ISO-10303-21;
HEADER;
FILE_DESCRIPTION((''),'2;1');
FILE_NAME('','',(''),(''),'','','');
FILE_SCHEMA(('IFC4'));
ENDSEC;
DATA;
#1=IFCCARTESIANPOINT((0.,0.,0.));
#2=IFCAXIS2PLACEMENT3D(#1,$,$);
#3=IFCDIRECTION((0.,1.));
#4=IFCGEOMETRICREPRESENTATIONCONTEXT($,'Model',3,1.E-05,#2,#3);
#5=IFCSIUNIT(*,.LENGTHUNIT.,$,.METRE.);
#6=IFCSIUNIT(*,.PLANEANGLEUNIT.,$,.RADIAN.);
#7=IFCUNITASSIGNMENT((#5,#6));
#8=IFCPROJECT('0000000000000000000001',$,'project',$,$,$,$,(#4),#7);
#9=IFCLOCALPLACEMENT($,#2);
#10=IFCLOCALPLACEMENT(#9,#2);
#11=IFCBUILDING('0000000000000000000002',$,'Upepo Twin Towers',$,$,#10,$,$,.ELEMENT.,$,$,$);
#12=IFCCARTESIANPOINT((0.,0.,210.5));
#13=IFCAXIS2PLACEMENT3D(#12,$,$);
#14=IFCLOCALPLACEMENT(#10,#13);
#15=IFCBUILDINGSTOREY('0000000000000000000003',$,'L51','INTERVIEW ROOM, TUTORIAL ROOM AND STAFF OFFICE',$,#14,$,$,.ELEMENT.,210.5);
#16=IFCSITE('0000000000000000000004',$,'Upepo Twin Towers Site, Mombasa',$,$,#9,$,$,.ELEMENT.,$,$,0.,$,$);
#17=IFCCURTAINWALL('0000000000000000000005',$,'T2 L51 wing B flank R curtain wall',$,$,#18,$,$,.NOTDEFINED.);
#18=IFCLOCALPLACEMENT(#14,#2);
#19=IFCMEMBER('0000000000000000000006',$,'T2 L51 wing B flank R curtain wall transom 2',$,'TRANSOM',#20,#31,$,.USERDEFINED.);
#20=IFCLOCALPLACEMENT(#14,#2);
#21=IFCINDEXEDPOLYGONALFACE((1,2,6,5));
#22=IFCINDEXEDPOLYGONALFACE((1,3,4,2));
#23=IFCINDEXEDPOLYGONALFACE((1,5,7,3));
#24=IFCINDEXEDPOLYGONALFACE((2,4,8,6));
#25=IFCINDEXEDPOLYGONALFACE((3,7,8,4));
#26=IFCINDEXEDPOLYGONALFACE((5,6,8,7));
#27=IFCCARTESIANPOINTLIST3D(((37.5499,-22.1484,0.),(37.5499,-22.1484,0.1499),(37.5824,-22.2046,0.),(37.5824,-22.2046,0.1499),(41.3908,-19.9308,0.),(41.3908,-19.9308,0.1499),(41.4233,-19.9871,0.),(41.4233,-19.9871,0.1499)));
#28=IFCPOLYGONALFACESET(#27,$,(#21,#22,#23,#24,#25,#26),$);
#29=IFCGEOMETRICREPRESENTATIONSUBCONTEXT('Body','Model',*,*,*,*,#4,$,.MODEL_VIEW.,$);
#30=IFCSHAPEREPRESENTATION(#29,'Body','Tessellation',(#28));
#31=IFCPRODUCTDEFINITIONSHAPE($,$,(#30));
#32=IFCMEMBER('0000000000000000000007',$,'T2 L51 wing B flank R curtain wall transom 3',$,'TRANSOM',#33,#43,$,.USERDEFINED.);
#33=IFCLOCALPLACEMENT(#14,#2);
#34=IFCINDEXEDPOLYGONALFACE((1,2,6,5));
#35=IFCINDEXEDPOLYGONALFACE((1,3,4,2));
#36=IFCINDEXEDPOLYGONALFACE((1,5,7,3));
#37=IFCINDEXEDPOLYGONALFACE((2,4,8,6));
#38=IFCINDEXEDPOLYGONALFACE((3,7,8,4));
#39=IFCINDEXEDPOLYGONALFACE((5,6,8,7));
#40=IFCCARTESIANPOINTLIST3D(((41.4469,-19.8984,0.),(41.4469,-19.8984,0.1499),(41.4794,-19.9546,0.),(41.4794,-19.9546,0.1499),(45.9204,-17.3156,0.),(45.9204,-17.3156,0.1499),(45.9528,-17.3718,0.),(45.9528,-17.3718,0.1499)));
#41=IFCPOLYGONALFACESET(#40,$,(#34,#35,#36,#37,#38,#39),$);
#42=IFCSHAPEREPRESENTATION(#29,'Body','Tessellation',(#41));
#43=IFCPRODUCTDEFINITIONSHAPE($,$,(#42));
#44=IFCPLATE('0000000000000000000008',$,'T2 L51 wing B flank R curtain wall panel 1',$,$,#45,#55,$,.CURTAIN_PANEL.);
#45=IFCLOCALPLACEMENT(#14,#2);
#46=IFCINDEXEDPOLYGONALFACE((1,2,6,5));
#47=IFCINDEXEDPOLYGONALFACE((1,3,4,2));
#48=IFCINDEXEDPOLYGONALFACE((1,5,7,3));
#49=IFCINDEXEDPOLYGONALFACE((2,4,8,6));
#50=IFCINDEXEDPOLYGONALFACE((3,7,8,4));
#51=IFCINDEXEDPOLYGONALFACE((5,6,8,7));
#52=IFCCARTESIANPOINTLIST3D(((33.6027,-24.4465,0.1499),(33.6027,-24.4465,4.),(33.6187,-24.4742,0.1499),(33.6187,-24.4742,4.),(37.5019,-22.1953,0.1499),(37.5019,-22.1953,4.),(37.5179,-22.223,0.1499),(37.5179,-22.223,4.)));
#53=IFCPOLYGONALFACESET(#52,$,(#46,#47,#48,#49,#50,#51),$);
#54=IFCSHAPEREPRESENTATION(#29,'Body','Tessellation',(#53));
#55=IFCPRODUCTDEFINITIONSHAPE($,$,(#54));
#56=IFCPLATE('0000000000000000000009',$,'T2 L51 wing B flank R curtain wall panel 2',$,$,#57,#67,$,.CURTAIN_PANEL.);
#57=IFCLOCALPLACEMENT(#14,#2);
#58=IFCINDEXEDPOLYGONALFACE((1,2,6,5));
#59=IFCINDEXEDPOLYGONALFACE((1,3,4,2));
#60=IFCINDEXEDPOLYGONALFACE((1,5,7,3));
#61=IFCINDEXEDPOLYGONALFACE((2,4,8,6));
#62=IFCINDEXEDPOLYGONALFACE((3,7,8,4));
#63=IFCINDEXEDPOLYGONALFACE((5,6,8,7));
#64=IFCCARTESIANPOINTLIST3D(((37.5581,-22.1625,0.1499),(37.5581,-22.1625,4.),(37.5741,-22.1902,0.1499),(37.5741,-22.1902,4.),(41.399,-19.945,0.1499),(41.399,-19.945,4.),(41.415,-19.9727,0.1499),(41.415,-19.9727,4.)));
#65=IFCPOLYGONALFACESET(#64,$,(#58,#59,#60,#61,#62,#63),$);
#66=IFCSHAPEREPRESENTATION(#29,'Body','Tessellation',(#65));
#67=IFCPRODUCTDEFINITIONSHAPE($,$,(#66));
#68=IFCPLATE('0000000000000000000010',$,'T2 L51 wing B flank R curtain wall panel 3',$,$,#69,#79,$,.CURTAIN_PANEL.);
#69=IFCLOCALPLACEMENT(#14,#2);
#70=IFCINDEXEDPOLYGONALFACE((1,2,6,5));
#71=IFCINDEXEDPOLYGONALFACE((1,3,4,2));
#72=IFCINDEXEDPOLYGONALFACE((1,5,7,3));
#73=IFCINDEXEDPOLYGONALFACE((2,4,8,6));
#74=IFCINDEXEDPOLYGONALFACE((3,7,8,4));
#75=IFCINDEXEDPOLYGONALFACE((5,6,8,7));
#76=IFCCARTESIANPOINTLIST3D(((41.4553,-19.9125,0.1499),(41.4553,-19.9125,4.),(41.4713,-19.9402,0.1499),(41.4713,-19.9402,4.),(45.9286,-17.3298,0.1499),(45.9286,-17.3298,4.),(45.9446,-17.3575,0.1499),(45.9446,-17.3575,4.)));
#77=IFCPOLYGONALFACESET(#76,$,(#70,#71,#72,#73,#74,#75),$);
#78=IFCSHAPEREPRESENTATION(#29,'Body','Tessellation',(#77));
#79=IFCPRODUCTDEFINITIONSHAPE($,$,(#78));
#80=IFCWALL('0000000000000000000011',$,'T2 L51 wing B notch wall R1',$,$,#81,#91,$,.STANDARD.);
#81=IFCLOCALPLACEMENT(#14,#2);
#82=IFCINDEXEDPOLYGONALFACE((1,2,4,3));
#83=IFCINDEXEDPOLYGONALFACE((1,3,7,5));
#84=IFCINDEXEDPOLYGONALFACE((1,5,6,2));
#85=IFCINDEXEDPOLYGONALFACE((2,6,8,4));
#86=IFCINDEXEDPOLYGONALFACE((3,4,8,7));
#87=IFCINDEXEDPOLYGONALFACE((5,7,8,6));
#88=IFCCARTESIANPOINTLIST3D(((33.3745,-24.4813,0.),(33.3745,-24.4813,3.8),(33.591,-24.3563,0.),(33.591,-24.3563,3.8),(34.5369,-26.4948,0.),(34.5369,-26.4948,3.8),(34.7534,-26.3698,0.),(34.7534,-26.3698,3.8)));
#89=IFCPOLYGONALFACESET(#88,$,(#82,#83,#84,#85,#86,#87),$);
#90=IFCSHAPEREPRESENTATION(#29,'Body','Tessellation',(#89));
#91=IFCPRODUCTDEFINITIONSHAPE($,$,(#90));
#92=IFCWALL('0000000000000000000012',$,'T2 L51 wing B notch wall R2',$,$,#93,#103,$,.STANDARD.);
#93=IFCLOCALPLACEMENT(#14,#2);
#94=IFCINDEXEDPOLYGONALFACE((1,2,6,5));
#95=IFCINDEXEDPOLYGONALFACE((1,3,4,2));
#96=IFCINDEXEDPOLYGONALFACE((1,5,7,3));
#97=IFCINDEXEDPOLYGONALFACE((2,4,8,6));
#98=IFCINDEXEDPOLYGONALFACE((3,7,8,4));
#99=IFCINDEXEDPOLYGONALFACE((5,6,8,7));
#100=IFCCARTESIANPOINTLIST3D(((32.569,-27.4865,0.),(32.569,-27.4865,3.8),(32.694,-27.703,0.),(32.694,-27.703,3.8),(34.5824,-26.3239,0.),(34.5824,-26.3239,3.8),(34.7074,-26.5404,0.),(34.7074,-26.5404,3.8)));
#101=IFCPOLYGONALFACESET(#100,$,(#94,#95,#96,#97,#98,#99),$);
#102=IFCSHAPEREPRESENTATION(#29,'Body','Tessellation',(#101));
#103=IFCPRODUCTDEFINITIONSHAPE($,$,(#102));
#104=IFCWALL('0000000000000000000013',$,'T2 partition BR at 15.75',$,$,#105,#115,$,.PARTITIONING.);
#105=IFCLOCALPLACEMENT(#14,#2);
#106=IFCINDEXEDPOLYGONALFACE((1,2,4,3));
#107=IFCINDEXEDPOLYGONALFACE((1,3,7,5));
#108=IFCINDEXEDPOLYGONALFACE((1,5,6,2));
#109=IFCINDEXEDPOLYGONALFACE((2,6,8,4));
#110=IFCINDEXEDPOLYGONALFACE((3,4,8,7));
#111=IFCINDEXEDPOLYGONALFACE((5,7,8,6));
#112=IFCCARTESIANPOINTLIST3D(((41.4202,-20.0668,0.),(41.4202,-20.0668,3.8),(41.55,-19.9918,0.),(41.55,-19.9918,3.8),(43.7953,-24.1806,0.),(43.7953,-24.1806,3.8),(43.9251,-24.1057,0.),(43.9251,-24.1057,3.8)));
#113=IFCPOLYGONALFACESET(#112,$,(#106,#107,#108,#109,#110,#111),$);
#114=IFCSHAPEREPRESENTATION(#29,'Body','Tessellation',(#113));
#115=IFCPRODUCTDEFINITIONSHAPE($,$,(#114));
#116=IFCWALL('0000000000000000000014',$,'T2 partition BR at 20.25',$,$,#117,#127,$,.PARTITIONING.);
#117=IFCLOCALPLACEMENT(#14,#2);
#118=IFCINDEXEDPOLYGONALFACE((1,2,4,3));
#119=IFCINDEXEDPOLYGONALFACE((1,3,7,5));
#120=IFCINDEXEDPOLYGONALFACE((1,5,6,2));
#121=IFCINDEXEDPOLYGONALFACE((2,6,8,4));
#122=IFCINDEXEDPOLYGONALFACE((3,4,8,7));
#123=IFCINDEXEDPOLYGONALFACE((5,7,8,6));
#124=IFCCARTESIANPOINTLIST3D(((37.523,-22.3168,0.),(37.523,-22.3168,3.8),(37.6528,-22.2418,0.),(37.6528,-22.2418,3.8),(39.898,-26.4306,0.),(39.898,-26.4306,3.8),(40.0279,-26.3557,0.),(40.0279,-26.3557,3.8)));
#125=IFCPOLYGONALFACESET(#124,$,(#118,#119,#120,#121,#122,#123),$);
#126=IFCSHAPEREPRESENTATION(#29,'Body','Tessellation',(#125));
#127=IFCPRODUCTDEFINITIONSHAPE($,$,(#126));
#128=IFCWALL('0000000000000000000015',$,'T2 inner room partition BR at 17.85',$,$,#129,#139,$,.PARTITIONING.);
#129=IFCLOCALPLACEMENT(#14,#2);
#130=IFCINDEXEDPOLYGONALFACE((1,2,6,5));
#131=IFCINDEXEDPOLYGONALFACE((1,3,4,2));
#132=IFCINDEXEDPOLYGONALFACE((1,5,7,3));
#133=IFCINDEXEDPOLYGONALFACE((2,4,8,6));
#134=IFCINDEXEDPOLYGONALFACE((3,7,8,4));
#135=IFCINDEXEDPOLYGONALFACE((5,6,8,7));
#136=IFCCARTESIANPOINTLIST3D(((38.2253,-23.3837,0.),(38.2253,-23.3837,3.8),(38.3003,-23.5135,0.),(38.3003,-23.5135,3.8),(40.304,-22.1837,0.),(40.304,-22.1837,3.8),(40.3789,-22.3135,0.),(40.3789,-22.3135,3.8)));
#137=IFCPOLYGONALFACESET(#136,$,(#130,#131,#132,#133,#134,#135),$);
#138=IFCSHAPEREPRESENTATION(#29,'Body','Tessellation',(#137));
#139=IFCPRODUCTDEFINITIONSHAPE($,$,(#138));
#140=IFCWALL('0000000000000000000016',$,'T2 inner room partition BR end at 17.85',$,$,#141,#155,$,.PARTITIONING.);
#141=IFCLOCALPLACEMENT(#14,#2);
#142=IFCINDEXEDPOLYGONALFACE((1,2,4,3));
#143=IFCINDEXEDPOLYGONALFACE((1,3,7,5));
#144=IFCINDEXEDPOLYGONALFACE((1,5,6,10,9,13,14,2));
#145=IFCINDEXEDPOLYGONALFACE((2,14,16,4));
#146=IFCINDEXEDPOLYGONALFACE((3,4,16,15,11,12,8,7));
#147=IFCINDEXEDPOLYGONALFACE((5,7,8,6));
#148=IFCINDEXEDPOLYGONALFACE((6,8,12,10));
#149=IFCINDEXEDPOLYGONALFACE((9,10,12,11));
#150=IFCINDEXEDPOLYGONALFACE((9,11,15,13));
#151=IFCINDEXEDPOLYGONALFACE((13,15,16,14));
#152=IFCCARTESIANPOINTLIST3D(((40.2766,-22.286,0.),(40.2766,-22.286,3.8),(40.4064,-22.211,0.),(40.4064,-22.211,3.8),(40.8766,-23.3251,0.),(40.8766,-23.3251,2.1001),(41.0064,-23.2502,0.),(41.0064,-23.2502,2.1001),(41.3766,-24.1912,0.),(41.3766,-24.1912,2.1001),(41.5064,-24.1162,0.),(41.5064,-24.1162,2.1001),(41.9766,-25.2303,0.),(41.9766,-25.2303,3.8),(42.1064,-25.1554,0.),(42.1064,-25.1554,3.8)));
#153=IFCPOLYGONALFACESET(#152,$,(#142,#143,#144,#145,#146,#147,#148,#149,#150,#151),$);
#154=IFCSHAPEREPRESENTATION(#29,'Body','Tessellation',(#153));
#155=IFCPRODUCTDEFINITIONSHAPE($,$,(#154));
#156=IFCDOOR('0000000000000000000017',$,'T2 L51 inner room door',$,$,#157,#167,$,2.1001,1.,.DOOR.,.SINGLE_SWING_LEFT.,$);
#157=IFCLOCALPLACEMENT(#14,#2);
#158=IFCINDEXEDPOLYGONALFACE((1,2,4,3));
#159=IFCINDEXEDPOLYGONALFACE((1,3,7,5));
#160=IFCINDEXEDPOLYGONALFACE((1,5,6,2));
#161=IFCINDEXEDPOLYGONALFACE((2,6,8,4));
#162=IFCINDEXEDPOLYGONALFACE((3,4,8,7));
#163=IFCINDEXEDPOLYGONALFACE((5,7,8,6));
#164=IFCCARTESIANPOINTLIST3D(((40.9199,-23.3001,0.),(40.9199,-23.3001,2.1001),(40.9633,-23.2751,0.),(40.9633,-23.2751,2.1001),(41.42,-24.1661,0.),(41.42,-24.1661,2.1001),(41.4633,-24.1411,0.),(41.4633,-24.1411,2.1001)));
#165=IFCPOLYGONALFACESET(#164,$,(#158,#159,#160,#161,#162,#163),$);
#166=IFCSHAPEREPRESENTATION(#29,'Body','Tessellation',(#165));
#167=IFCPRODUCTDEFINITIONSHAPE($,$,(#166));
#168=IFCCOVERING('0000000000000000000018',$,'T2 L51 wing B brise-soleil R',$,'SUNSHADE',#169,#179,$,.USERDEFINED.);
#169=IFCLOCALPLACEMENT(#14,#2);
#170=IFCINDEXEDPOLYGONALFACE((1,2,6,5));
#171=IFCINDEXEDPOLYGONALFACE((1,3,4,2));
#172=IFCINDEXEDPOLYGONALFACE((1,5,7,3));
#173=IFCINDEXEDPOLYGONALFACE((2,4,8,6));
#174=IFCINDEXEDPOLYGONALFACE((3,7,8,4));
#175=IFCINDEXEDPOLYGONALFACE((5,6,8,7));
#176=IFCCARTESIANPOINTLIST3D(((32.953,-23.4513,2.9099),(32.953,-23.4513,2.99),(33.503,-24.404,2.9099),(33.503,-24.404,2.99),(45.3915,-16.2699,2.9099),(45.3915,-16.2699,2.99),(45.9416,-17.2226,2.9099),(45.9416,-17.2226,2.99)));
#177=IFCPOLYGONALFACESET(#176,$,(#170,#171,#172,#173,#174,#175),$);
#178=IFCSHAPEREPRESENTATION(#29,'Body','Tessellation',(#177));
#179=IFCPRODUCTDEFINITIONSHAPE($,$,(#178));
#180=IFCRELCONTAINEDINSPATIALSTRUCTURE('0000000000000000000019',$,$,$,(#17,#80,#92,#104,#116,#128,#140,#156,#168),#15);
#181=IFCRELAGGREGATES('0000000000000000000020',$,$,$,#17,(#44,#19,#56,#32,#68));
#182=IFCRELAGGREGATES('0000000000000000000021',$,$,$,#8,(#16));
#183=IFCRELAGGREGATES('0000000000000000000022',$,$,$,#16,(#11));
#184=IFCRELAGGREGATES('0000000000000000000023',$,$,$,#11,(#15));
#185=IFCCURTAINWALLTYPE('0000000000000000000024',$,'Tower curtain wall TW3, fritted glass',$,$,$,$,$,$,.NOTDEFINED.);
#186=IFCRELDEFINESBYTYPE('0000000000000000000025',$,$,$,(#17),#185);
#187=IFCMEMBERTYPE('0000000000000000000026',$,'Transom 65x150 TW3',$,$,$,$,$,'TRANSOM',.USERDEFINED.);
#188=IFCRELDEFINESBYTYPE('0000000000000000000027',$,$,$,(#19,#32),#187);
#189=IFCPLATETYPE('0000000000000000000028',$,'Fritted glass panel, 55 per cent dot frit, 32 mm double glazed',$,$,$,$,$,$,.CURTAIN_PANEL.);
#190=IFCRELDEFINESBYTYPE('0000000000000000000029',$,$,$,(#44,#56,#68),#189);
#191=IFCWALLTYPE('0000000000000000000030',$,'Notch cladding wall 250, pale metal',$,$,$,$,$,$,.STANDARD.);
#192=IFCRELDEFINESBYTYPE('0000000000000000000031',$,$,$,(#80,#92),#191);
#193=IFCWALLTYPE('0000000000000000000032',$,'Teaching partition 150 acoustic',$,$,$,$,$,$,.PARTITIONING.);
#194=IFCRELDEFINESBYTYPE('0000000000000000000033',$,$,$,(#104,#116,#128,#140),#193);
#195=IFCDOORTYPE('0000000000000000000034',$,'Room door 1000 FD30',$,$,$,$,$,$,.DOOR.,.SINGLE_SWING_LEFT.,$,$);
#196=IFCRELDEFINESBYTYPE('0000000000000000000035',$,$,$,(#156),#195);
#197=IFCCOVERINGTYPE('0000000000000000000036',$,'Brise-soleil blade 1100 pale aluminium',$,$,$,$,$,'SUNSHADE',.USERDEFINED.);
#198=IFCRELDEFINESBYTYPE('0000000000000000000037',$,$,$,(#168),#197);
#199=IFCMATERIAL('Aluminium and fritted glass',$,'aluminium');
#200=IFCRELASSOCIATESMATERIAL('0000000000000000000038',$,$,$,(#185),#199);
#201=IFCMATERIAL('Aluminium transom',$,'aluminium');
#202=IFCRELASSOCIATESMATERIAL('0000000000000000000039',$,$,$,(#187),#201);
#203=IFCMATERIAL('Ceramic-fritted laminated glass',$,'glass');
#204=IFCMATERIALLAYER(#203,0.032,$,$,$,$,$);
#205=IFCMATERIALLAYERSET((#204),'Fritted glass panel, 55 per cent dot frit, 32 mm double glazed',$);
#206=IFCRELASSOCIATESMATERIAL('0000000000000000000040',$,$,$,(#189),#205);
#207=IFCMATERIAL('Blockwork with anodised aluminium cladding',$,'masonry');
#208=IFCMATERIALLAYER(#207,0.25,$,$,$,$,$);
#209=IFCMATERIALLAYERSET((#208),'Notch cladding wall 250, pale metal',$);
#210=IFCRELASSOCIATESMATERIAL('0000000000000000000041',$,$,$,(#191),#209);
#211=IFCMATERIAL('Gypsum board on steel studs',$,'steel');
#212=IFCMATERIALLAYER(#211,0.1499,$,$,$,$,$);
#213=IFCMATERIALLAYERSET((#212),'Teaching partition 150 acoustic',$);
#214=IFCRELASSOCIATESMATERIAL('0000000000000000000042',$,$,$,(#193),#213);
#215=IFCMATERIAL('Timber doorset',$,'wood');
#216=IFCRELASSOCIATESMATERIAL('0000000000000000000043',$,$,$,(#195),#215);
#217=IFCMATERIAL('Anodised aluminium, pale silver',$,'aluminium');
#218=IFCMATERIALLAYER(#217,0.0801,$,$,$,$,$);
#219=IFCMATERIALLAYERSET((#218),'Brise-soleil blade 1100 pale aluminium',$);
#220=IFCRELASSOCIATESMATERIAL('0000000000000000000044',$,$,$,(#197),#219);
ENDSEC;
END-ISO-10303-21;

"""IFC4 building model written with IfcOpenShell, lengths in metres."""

from ifc_helpers import new_model, si_unit, direction, frame, frame_2d, origin, origin_2d, place, context, subcontext, project, spatial, rectangle, extrude, material, layer, layer_set, material_profile, profile_set, type_object, element, fill, aggregate, save


model = new_model("IFC4")

# Units and contexts
model_context = context("Model", 3, precision=1e-05, world=origin(), true_north=direction((0.0, 1.0)))
body_context = subcontext(model_context, "Body", "Model", "MODEL_VIEW")
ifc_project = project(units=[si_unit("LENGTHUNIT", "METRE"), si_unit("PLANEANGLEUNIT", "RADIAN")], contexts=[model_context])

# Site, building, storey
site_placement = place(None, origin())
site = spatial("IfcSite", under=ifc_project, at=site_placement, Name="Upepo Twin Towers Site, Mombasa", CompositionType="ELEMENT", RefElevation=0.0)
building_placement = place(site_placement, origin())
building = spatial("IfcBuilding", under=site, at=building_placement, Name="Upepo Twin Towers", CompositionType="ELEMENT")
storey_placement = place(building_placement, frame((0.0, 0.0, 210.5)))
storey = spatial("IfcBuildingStorey", under=building, at=storey_placement, Name="L51", Description="INTERVIEW ROOM, TUTORIAL ROOM AND STAFF OFFICE", CompositionType="ELEMENT", Elevation=210.5)

# Curtain wall, members, plates
ifc_material_1 = material(Name="Aluminium and fritted glass", Category="aluminium")
curtain_wall_type = type_object("IfcCurtainWallType", Name="Tower curtain wall TW3, fritted glass", PredefinedType="NOTDEFINED", material=ifc_material_1)
curtain_wall_placement = place(storey_placement, origin())
curtain_wall = element("IfcCurtainWall", 1, at=curtain_wall_placement, inside=storey, type_object=curtain_wall_type, Name="T2 L51 wing B flank R curtain wall", PredefinedType="NOTDEFINED")
ifc_material_2 = material(Name="Aluminium transom", Category="aluminium")
ifc_material_profile_1 = material_profile(ifc_material_2, rectangle(XDim=0.0649, YDim=0.1499, at=origin_2d()), Name="TRANSOM 65x150")
ifc_profile_set_1 = profile_set([ifc_material_profile_1], Name="Aluminium transom")
member_type_1 = type_object("IfcMemberType", Name="Transom 65x150 TW3", ElementType="TRANSOM", PredefinedType="USERDEFINED", material=ifc_profile_set_1)
member_1_placement = place(storey_placement, frame((37.5662, -22.1765, 0.075), z_axis=(0.866022, 0.500005, 0.0), x_axis=(-0.500005, 0.866022, 0.0)))
member_1 = element("IfcMember", 2, at=member_1_placement, type_object=member_type_1, Name="T2 L51 wing B flank R curtain wall transom 2", ObjectType="TRANSOM", PredefinedType="USERDEFINED", context=body_context, shape_type="SweptSolid", body=[
    extrude(rectangle(XDim=0.0649, YDim=0.1499, at=origin_2d()), origin(), (0.0, 0.0, 1.0), 4.4351),
])
member_2_placement = place(storey_placement, frame((41.4631, -19.9265, 0.075), z_axis=(0.866021, 0.500007, 0.0), x_axis=(-0.500007, 0.866021, 0.0)))
member_2 = element("IfcMember", 3, at=member_2_placement, type_object=member_type_1, Name="T2 L51 wing B flank R curtain wall transom 3", ObjectType="TRANSOM", PredefinedType="USERDEFINED", context=body_context, shape_type="SweptSolid", body=[
    extrude(rectangle(XDim=0.0649, YDim=0.1499, at=origin_2d()), origin(), (0.0, 0.0, 1.0), 5.1655),
])
ifc_material_3 = material(Name="Ceramic-fritted laminated glass", Category="glass")
ifc_layer_1 = layer(ifc_material_3, 0.032)
ifc_layer_set_1 = layer_set([ifc_layer_1], Name="Fritted glass panel, 55 per cent dot frit, 32 mm double glazed")
plate_type = type_object("IfcPlateType", Name="Fritted glass panel, 55 per cent dot frit, 32 mm double glazed", PredefinedType="CURTAIN_PANEL", material=ifc_layer_set_1)
plate_1_placement = place(storey_placement, frame((35.5603, -23.3347, 0.1499), z_axis=(0.0, 0.0, 1.0), x_axis=(0.866025, 0.5, 0.0)))
plate_1 = element("IfcPlate", 4, at=plate_1_placement, type_object=plate_type, Name="T2 L51 wing B flank R curtain wall panel 1", PredefinedType="CURTAIN_PANEL", context=body_context, shape_type="SweptSolid", body=[
    extrude(rectangle(XDim=4.5024, YDim=0.032, at=origin_2d()), origin(), (0.0, 0.0, 1.0), 3.8501),
])
plate_2_placement = place(storey_placement, frame((39.4866, -21.0676, 0.1499), z_axis=(0.0, 0.0, 1.0), x_axis=(0.866025, 0.5, 0.0)))
plate_2 = element("IfcPlate", 5, at=plate_2_placement, type_object=plate_type, Name="T2 L51 wing B flank R curtain wall panel 2", PredefinedType="CURTAIN_PANEL", context=body_context, shape_type="SweptSolid", body=[
    extrude(rectangle(XDim=4.4351, YDim=0.032, at=origin_2d()), origin(), (0.0, 0.0, 1.0), 3.8501),
])
plate_3_placement = place(storey_placement, frame((43.7, -18.635, 0.1499), z_axis=(0.0, 0.0, 1.0), x_axis=(0.866025, 0.5, 0.0)))
plate_3 = element("IfcPlate", 6, at=plate_3_placement, type_object=plate_type, Name="T2 L51 wing B flank R curtain wall panel 3", PredefinedType="CURTAIN_PANEL", context=body_context, shape_type="SweptSolid", body=[
    extrude(rectangle(XDim=5.1653, YDim=0.032, at=origin_2d()), origin(), (0.0, 0.0, 1.0), 3.8501),
])
aggregate(curtain_wall, [plate_1, member_1, plate_2, member_2, plate_3])

# Walls
ifc_material_4 = material(Name="Blockwork with anodised aluminium cladding", Category="masonry")
ifc_layer_2 = layer(ifc_material_4, 0.25)
ifc_layer_set_2 = layer_set([ifc_layer_2], Name="Notch cladding wall 250, pale metal")
wall_type_1 = type_object("IfcWallType", Name="Notch cladding wall 250, pale metal", PredefinedType="STANDARD", material=ifc_layer_set_2)
for number, where, z_axis, x_axis, name in (
    (7, (33.4827, -24.4187, 0.0), (0.0, 0.0, 1.0), (0.499968, -0.866044, 0.0), "T2 L51 wing B notch wall R1"),
    (8, (34.645, -26.4321, 0.0), (0.0, 0.0, 1.0), (-0.865998, -0.500047, 0.0), "T2 L51 wing B notch wall R2"),
):
    element("IfcWall", number, at=place(storey_placement, frame(where, z_axis=z_axis, x_axis=x_axis)), inside=storey, type_object=wall_type_1, Name=name, PredefinedType="STANDARD", context=body_context, shape_type="SweptSolid", body=[
        extrude(rectangle(XDim=2.325, YDim=0.25, at=frame_2d((1.1626, 0.0))), origin(), (0.0, 0.0, 1.0), 3.8),
    ])
ifc_material_5 = material(Name="Gypsum board on steel studs", Category="steel")
ifc_layer_3 = layer(ifc_material_5, 0.1499)
ifc_layer_set_3 = layer_set([ifc_layer_3], Name="Teaching partition 150 acoustic")
wall_type_2 = type_object("IfcWallType", Name="Teaching partition 150 acoustic", PredefinedType="PARTITIONING", material=ifc_layer_set_3)
for number, where, z_axis, x_axis, name in (
    (9, (43.8601, -24.1431, 0.0), (0.0, 0.0, 1.0), (-0.499986, 0.866033, 0.0), "T2 partition BR at 15.75"),
    (10, (39.9629, -26.3931, 0.0), (0.0, 0.0, 1.0), (-0.499986, 0.866033, 0.0), "T2 partition BR at 20.25"),
):
    element("IfcWall", number, at=place(storey_placement, frame(where, z_axis=z_axis, x_axis=x_axis)), inside=storey, type_object=wall_type_2, Name=name, PredefinedType="PARTITIONING", context=body_context, shape_type="SweptSolid", body=[
        extrude(rectangle(XDim=4.7502, YDim=0.1499, at=frame_2d((2.375, 0.0))), origin(), (0.0, 0.0, 1.0), 3.8),
    ])
wall_1_placement = place(storey_placement, frame((40.3416, -22.2485, 0.0), z_axis=(0.0, 0.0, 1.0), x_axis=(-0.86605, -0.499957, 0.0)))
element("IfcWall", 11, at=wall_1_placement, inside=storey, type_object=wall_type_2, Name="T2 inner room partition BR at 17.85", PredefinedType="PARTITIONING", context=body_context, shape_type="SweptSolid", body=[
    extrude(rectangle(XDim=2.4001, YDim=0.1499, at=frame_2d((1.2002, 0.0))), origin(), (0.0, 0.0, 1.0), 3.8),
])

# Wall, opening, door
wall_2_placement = place(storey_placement, frame((42.0415, -25.1929, 0.0), z_axis=(0.0, 0.0, 1.0), x_axis=(-0.500008, 0.866021, 0.0)))
wall_2 = element("IfcWall", 12, at=wall_2_placement, inside=storey, type_object=wall_type_2, Name="T2 inner room partition BR end at 17.85", PredefinedType="PARTITIONING", context=body_context, shape_type="SweptSolid", body=[
    extrude(rectangle(XDim=3.3999, YDim=0.1499, at=frame_2d((1.7, 0.0))), origin(), (0.0, 0.0, 1.0), 3.8),
])
opening_placement = place(wall_2_placement, frame((1.2, 0.0, 0.0)))
opening = element("IfcOpeningElement", 13, at=opening_placement, cuts=wall_2, PredefinedType="OPENING", context=body_context, shape_type="SweptSolid", body=[
    extrude(rectangle(XDim=1.0, YDim=2.1001, at=frame_2d((0.5, 1.05))), frame((0.0, 0.085, 0.0), z_axis=(0.0, -1.0, 0.0), x_axis=(1.0, 0.0, 0.0)), (0.0, 0.0, 1.0), 0.1699),
])
ifc_material_6 = material(Name="Timber doorset", Category="wood")
door_type = type_object("IfcDoorType", Name="Room door 1000 FD30", OperationType="SINGLE_SWING_LEFT", PredefinedType="DOOR", material=ifc_material_6)
door_placement = place(opening_placement, origin())
door = element("IfcDoor", 14, at=door_placement, inside=storey, type_object=door_type, Name="T2 L51 inner room door", OperationType="SINGLE_SWING_LEFT", OverallHeight=2.1001, OverallWidth=1.0, PredefinedType="DOOR", context=body_context, shape_type="SweptSolid", body=[
    extrude(rectangle(XDim=1.0, YDim=2.1001, at=frame_2d((0.5, 1.05))), frame((0.0, 0.0249, 0.0), z_axis=(0.0, -1.0, 0.0), x_axis=(1.0, 0.0, 0.0)), (0.0, 0.0, 1.0), 0.05),
])
fill(opening, door)

# Covering
ifc_material_7 = material(Name="Anodised aluminium, pale silver", Category="aluminium")
ifc_layer_4 = layer(ifc_material_7, 0.0801)
ifc_layer_set_4 = layer_set([ifc_layer_4], Name="Brise-soleil blade 1100 pale aluminium")
covering_type = type_object("IfcCoveringType", Name="Brise-soleil blade 1100 pale aluminium", ElementType="SUNSHADE", PredefinedType="USERDEFINED", material=ifc_layer_set_4)
covering_placement = place(storey_placement, frame((39.4473, -20.3369, 2.9099), z_axis=(0.0, 0.0, 1.0), x_axis=(-0.866025, -0.5, 0.0)))
element("IfcCovering", 15, at=covering_placement, inside=storey, type_object=covering_type, Name="T2 L51 wing B brise-soleil R", ObjectType="SUNSHADE", PredefinedType="USERDEFINED", context=body_context, shape_type="SweptSolid", body=[
    extrude(rectangle(XDim=14.3628, YDim=1.1001, at=origin_2d()), origin(), (0.0, 0.0, 1.0), 0.0801),
])

save(model, "model.ifc")
